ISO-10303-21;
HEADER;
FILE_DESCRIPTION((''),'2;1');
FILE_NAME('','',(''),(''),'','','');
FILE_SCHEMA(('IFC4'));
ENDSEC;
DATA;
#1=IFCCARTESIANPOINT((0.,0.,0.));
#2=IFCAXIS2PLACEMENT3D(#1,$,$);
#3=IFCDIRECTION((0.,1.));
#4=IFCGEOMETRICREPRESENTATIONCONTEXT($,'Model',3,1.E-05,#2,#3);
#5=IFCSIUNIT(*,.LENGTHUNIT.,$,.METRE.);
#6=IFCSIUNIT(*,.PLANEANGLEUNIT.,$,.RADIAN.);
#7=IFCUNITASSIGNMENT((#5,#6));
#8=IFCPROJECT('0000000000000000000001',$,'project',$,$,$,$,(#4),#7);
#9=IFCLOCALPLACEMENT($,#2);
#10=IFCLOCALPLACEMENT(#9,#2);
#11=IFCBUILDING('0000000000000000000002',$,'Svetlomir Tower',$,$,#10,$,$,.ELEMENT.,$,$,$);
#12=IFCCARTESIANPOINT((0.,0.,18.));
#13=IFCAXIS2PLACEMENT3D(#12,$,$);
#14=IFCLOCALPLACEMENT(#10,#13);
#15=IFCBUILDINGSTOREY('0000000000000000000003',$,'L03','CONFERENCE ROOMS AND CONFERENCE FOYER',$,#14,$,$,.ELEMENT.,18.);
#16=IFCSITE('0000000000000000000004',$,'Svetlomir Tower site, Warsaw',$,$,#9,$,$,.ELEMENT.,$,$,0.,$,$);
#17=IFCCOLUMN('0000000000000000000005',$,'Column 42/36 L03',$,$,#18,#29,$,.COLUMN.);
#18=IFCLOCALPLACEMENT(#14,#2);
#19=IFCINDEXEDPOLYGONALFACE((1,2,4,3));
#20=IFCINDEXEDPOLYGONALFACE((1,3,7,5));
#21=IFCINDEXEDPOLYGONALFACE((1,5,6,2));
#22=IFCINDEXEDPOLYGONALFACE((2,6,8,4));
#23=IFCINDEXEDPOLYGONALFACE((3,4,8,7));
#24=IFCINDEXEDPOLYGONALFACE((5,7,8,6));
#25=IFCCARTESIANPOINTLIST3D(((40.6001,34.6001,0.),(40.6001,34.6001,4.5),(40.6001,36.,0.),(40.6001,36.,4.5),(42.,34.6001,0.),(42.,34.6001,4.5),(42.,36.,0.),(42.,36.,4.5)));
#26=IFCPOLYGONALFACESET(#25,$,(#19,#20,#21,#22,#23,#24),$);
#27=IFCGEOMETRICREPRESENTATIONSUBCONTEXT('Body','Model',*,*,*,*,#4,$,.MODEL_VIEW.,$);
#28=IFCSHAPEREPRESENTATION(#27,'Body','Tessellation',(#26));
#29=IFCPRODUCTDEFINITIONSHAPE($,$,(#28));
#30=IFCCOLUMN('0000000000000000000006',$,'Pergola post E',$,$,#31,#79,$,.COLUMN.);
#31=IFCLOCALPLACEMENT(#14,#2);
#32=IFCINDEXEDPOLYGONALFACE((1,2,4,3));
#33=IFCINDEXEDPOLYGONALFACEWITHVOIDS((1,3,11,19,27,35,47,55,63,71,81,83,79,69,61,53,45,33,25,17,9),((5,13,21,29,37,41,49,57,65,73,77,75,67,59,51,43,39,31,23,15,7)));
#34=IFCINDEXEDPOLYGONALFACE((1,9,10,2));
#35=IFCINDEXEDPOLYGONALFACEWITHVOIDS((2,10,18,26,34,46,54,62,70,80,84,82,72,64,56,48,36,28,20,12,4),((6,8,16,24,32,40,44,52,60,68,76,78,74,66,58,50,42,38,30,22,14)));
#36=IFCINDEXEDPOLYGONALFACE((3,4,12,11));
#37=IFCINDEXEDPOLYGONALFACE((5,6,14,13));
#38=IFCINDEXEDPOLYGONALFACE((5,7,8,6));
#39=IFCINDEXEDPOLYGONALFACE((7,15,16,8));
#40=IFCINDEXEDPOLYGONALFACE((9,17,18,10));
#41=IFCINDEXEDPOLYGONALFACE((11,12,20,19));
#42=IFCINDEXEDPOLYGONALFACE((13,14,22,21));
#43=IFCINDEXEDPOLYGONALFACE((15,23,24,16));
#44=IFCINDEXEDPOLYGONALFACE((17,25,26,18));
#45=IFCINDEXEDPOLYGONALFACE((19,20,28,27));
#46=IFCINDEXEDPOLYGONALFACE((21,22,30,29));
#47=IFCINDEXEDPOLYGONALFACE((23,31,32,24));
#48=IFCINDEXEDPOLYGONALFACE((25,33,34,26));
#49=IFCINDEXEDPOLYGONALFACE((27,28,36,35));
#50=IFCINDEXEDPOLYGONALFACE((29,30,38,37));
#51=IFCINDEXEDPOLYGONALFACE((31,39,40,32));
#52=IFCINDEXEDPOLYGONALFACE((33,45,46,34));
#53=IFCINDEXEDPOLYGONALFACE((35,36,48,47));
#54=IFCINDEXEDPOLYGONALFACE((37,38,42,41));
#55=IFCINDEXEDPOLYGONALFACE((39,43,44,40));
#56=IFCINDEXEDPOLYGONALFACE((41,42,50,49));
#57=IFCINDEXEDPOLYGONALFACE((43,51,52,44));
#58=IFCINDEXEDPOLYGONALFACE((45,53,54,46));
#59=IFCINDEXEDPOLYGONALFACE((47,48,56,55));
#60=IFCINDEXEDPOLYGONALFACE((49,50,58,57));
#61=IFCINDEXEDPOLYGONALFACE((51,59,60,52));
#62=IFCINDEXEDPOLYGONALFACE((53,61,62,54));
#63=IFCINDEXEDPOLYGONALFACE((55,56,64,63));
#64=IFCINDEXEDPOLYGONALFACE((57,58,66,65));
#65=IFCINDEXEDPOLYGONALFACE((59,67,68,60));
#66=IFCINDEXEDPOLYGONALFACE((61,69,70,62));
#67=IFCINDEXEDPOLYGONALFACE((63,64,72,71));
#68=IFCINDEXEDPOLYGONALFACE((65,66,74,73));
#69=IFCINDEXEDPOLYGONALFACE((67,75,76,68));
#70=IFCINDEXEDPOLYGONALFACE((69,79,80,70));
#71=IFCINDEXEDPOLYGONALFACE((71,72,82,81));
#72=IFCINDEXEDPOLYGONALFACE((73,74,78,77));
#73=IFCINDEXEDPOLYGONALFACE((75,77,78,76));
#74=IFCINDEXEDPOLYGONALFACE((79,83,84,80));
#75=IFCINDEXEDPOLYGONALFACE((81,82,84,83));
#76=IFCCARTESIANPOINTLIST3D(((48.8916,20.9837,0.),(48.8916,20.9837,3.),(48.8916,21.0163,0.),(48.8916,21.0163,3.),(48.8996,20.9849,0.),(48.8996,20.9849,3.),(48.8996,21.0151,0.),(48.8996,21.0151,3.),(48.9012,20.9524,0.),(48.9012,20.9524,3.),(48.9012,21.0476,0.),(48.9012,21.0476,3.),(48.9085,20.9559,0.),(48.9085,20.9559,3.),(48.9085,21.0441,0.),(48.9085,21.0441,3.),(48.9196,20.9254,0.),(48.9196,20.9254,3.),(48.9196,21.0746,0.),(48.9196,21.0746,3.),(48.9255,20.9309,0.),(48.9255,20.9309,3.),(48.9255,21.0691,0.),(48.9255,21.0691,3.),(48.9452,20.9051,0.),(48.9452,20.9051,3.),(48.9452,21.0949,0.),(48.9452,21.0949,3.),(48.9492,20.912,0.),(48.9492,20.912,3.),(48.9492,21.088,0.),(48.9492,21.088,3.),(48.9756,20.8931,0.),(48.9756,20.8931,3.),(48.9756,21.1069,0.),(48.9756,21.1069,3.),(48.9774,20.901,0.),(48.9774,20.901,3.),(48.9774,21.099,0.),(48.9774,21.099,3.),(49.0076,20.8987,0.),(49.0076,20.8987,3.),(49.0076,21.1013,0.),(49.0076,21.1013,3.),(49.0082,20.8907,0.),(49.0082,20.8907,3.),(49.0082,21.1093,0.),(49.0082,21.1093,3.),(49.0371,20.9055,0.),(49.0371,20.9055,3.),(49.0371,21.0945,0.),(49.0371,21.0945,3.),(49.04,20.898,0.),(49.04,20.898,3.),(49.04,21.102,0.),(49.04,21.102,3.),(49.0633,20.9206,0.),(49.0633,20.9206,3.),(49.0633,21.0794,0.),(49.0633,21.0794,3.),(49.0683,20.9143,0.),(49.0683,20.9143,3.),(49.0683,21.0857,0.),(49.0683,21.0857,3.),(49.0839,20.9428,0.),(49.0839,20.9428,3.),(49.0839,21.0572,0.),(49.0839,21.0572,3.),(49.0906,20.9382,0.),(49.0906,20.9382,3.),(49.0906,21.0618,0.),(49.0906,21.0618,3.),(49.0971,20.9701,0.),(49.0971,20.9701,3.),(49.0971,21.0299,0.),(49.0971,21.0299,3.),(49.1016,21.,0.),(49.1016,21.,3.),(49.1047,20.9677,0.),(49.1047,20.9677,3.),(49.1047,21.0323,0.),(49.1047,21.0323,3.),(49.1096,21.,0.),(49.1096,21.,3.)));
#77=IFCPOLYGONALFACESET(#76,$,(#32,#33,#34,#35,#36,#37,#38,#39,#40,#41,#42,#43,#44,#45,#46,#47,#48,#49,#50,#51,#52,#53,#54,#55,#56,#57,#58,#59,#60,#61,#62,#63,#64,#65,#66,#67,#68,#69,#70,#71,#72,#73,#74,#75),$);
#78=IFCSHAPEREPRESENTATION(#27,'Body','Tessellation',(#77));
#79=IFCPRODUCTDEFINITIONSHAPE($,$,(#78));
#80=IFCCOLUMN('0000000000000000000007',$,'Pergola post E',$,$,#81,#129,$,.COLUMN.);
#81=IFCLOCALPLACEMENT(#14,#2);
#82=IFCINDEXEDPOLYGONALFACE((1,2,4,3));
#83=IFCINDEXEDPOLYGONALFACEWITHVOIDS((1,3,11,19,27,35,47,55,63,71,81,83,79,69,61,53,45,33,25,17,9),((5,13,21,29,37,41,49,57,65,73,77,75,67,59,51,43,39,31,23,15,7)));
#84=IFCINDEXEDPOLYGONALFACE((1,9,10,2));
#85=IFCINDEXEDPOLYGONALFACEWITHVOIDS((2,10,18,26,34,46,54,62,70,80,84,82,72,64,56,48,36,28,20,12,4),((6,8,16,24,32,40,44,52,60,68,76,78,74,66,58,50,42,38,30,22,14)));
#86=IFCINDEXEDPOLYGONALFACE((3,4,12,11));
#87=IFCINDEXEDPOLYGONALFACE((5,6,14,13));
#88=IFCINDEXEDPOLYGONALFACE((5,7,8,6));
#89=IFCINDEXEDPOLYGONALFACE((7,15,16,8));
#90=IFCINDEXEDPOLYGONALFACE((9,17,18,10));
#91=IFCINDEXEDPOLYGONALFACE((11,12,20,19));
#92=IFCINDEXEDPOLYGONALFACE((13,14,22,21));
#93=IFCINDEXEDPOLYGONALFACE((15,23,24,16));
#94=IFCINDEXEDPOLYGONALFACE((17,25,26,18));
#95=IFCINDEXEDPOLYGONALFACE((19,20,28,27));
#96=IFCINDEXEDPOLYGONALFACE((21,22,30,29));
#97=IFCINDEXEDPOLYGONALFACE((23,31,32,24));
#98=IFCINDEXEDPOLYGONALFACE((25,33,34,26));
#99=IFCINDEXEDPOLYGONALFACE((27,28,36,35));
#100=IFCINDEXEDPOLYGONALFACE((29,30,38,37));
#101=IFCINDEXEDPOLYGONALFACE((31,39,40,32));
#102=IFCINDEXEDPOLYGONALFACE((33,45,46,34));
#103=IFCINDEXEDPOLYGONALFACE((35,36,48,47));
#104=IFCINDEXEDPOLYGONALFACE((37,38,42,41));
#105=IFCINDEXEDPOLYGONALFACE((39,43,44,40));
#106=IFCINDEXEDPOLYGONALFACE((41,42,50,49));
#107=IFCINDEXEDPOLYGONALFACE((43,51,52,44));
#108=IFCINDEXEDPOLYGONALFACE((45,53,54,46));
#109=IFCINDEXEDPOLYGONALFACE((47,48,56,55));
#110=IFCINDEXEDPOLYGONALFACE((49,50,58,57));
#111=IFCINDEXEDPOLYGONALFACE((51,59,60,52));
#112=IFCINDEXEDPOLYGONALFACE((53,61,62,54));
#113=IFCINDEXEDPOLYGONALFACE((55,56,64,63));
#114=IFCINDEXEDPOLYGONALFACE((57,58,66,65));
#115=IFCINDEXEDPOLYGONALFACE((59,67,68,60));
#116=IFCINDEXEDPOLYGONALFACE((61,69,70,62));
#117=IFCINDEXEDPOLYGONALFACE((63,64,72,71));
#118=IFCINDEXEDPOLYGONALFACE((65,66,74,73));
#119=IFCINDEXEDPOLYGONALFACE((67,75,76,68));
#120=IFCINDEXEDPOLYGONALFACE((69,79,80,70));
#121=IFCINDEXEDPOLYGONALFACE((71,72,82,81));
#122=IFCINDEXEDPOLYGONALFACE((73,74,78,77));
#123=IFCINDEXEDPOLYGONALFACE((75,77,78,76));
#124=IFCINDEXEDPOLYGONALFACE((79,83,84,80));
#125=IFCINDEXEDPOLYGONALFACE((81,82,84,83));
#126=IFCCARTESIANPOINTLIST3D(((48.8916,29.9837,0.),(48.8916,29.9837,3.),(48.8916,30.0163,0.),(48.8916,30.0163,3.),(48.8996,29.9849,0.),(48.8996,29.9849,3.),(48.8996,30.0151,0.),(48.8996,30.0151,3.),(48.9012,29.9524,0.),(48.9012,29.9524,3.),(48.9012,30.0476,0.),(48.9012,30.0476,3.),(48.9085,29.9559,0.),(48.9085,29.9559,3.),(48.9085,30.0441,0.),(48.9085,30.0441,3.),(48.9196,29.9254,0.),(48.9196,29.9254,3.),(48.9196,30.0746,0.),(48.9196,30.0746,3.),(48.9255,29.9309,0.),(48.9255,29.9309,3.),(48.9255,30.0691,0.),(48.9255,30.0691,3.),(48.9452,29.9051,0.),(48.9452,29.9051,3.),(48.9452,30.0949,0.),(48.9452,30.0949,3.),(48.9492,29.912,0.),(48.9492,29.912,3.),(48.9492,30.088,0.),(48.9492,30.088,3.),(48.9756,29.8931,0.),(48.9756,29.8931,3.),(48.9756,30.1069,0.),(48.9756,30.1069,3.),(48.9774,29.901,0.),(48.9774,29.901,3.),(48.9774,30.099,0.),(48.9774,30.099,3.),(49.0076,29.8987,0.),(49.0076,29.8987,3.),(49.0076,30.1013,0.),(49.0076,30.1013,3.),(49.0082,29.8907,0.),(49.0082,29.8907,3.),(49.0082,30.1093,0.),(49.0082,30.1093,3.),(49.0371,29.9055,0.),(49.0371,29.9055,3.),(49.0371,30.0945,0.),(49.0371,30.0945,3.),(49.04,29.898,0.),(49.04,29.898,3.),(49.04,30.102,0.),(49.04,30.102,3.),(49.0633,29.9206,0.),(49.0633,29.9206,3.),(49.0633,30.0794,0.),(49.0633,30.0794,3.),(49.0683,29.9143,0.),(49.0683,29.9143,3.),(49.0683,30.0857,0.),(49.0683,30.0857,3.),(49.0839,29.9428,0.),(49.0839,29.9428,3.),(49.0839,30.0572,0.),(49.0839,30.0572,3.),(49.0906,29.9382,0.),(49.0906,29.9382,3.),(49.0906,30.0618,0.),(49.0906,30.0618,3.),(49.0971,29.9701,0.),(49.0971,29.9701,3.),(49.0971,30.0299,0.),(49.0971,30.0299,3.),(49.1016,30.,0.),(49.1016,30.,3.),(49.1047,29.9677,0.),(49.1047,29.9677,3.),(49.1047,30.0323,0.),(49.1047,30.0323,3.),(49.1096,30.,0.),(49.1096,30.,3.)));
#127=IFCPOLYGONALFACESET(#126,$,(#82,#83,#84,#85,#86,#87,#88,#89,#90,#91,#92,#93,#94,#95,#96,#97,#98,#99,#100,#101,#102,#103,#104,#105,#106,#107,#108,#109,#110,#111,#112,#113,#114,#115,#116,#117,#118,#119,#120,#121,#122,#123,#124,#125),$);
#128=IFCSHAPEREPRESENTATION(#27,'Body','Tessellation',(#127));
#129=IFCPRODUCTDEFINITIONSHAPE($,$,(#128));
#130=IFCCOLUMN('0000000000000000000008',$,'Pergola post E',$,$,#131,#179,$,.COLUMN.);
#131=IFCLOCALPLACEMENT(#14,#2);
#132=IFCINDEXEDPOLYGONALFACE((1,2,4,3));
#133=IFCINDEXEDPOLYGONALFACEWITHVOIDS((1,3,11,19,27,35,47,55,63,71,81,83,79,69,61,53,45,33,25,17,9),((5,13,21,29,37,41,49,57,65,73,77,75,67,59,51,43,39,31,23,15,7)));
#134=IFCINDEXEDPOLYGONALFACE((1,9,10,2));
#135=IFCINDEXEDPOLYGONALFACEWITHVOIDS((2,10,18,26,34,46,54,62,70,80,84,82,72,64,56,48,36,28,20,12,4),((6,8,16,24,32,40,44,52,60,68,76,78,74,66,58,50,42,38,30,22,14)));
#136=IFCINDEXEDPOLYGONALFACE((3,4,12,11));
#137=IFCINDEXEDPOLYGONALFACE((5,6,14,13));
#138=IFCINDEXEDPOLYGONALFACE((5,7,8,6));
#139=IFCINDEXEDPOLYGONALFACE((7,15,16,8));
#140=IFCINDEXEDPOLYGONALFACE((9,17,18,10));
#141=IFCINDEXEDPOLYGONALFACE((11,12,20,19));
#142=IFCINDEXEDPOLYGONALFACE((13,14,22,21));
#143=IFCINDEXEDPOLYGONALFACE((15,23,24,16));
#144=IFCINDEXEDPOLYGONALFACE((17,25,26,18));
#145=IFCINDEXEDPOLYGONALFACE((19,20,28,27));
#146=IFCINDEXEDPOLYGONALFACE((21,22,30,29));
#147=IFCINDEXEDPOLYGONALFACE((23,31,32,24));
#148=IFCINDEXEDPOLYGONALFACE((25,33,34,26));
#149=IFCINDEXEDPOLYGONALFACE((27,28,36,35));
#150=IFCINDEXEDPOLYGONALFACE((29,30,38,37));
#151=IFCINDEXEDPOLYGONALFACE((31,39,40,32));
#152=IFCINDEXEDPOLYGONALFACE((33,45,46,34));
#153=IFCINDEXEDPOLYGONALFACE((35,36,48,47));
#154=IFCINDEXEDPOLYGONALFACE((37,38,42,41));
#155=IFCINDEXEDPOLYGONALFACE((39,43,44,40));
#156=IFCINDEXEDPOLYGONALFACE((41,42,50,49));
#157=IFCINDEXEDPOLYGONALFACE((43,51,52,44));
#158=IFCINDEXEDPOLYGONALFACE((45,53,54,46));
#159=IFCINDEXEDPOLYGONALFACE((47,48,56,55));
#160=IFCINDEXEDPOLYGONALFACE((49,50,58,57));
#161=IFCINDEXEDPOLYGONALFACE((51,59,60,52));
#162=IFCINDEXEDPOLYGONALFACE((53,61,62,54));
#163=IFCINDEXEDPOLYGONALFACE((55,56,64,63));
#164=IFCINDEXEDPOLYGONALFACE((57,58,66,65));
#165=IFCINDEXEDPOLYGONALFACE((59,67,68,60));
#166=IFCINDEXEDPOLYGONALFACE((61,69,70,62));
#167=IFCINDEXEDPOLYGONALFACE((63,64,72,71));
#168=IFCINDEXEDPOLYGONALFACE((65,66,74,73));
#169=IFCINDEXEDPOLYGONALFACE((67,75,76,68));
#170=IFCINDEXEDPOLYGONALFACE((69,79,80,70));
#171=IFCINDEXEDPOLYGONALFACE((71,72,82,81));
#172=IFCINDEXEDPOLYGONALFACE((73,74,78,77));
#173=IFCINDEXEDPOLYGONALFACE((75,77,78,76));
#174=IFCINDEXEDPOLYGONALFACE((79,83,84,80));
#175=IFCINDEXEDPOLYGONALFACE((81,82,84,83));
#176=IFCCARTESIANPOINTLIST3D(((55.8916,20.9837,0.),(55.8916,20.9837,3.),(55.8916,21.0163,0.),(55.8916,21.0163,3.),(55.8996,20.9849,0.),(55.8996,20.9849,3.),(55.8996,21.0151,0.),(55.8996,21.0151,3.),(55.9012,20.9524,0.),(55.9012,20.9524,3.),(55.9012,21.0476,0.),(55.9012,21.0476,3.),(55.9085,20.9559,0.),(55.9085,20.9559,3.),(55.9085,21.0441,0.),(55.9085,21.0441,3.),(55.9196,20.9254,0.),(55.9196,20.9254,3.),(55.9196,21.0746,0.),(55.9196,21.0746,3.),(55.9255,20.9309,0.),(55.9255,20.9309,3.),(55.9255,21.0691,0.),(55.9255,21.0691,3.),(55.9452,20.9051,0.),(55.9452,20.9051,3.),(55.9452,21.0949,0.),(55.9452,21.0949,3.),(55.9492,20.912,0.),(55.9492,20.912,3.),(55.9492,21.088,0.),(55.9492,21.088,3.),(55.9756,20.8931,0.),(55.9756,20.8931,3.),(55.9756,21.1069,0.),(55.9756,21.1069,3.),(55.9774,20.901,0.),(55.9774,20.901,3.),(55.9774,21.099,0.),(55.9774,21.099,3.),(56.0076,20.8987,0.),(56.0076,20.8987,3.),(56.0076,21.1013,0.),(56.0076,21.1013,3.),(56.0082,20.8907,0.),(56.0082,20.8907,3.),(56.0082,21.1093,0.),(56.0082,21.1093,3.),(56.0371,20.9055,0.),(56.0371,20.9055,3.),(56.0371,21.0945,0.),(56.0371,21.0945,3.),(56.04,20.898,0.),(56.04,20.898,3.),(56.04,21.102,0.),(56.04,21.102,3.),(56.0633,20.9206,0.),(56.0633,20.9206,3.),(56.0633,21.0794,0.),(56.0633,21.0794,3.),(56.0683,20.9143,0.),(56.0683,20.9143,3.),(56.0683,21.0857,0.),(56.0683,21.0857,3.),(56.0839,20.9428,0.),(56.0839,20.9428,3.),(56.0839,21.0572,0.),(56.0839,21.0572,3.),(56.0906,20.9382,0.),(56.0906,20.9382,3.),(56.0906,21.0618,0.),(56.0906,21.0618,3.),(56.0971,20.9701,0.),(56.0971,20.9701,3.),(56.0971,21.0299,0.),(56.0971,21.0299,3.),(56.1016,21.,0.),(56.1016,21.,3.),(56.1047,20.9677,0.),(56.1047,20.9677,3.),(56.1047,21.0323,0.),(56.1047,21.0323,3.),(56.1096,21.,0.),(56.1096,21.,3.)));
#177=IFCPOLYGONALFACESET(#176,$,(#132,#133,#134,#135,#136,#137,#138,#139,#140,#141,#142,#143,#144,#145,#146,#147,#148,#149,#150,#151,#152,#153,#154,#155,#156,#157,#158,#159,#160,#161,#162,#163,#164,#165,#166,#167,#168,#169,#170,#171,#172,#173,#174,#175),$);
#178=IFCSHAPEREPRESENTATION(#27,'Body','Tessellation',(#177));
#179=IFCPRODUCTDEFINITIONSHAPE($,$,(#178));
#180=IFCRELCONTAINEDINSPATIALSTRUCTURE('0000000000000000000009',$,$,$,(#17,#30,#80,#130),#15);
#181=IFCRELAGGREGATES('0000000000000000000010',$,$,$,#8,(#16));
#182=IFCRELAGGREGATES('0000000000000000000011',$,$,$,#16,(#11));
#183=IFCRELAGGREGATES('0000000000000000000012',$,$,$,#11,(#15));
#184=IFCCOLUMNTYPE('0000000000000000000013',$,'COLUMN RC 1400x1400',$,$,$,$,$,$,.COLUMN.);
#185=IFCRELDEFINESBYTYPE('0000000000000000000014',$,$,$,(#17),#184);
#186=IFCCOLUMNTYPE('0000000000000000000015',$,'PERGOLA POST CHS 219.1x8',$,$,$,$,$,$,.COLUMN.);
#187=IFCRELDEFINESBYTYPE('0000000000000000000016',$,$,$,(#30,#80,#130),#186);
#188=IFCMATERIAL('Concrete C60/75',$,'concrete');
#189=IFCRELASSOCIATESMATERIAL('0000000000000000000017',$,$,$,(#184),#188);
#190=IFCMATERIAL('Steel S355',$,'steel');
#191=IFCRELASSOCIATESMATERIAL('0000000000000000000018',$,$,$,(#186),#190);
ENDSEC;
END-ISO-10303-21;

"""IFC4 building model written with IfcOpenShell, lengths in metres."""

from ifc_helpers import new_model, si_unit, direction, frame, origin, origin_2d, place, context, subcontext, project, spatial, rectangle, hollow_circle, extrude, material, material_profile, profile_set, type_object, element, save


model = new_model("IFC4")

# Units and contexts
model_context = context("Model", 3, precision=1e-05, world=origin(), true_north=direction((0.0, 1.0)))
body_context = subcontext(model_context, "Body", "Model", "MODEL_VIEW")
ifc_project = project(units=[si_unit("LENGTHUNIT", "METRE"), si_unit("PLANEANGLEUNIT", "RADIAN")], contexts=[model_context])

# Site, building, storey
site_placement = place(None, origin())
site = spatial("IfcSite", under=ifc_project, at=site_placement, Name="Svetlomir Tower site, Warsaw", CompositionType="ELEMENT", RefElevation=0.0)
building_placement = place(site_placement, origin())
building = spatial("IfcBuilding", under=site, at=building_placement, Name="Svetlomir Tower", CompositionType="ELEMENT")
storey_placement = place(building_placement, frame((0.0, 0.0, 18.0)))
storey = spatial("IfcBuildingStorey", under=building, at=storey_placement, Name="L03", Description="CONFERENCE ROOMS AND CONFERENCE FOYER", CompositionType="ELEMENT", Elevation=18.0)

# Columns
ifc_material_1 = material(Name="Concrete C60/75", Category="concrete")
ifc_material_profile_1 = material_profile(ifc_material_1, rectangle(XDim=1.3999, YDim=1.3999, at=origin_2d()), Name="RC 1400x1400")
ifc_profile_set_1 = profile_set([ifc_material_profile_1], Name="Concrete C60/75")
column_type_1 = type_object("IfcColumnType", Name="COLUMN RC 1400x1400", PredefinedType="COLUMN", material=ifc_profile_set_1)
column_placement = place(storey_placement, frame((41.3, 35.3, 0.0), z_axis=(0.0, 0.0, 1.0), x_axis=(1.0, 0.0, 0.0)))
element("IfcColumn", 1, at=column_placement, inside=storey, type_object=column_type_1, Name="Column 42/36 L03", PredefinedType="COLUMN", context=body_context, shape_type="SweptSolid", body=[
    extrude(rectangle(XDim=1.3999, YDim=1.3999, at=origin_2d()), origin(), (0.0, 0.0, 1.0), 4.5),
])
ifc_material_2 = material(Name="Steel S355", Category="steel")
ifc_material_profile_2 = material_profile(ifc_material_2, hollow_circle(Radius=0.1096, WallThickness=0.0081, at=origin_2d()), Name="CHS 219.1x8")
ifc_profile_set_2 = profile_set([ifc_material_profile_2], Name="Steel S355")
column_type_2 = type_object("IfcColumnType", Name="PERGOLA POST CHS 219.1x8", PredefinedType="COLUMN", material=ifc_profile_set_2)
for number, where, z_axis, x_axis, name in (
    (2, (49.0, 21.0, 0.0), (0.0, 0.0, 1.0), (1.0, 0.0, 0.0), "Pergola post E"),
    (3, (49.0, 30.0, 0.0), (0.0, 0.0, 1.0), (1.0, 0.0, 0.0), "Pergola post E"),
    (4, (56.0, 21.0, 0.0), (0.0, 0.0, 1.0), (1.0, 0.0, 0.0), "Pergola post E"),
):
    element("IfcColumn", number, at=place(storey_placement, frame(where, z_axis=z_axis, x_axis=x_axis)), inside=storey, type_object=column_type_2, Name=name, PredefinedType="COLUMN", context=body_context, shape_type="SweptSolid", body=[
        extrude(hollow_circle(Radius=0.1096, WallThickness=0.0081, at=origin_2d()), origin(), (0.0, 0.0, 1.0), 3.0),
    ])

save(model, "model.ifc")
